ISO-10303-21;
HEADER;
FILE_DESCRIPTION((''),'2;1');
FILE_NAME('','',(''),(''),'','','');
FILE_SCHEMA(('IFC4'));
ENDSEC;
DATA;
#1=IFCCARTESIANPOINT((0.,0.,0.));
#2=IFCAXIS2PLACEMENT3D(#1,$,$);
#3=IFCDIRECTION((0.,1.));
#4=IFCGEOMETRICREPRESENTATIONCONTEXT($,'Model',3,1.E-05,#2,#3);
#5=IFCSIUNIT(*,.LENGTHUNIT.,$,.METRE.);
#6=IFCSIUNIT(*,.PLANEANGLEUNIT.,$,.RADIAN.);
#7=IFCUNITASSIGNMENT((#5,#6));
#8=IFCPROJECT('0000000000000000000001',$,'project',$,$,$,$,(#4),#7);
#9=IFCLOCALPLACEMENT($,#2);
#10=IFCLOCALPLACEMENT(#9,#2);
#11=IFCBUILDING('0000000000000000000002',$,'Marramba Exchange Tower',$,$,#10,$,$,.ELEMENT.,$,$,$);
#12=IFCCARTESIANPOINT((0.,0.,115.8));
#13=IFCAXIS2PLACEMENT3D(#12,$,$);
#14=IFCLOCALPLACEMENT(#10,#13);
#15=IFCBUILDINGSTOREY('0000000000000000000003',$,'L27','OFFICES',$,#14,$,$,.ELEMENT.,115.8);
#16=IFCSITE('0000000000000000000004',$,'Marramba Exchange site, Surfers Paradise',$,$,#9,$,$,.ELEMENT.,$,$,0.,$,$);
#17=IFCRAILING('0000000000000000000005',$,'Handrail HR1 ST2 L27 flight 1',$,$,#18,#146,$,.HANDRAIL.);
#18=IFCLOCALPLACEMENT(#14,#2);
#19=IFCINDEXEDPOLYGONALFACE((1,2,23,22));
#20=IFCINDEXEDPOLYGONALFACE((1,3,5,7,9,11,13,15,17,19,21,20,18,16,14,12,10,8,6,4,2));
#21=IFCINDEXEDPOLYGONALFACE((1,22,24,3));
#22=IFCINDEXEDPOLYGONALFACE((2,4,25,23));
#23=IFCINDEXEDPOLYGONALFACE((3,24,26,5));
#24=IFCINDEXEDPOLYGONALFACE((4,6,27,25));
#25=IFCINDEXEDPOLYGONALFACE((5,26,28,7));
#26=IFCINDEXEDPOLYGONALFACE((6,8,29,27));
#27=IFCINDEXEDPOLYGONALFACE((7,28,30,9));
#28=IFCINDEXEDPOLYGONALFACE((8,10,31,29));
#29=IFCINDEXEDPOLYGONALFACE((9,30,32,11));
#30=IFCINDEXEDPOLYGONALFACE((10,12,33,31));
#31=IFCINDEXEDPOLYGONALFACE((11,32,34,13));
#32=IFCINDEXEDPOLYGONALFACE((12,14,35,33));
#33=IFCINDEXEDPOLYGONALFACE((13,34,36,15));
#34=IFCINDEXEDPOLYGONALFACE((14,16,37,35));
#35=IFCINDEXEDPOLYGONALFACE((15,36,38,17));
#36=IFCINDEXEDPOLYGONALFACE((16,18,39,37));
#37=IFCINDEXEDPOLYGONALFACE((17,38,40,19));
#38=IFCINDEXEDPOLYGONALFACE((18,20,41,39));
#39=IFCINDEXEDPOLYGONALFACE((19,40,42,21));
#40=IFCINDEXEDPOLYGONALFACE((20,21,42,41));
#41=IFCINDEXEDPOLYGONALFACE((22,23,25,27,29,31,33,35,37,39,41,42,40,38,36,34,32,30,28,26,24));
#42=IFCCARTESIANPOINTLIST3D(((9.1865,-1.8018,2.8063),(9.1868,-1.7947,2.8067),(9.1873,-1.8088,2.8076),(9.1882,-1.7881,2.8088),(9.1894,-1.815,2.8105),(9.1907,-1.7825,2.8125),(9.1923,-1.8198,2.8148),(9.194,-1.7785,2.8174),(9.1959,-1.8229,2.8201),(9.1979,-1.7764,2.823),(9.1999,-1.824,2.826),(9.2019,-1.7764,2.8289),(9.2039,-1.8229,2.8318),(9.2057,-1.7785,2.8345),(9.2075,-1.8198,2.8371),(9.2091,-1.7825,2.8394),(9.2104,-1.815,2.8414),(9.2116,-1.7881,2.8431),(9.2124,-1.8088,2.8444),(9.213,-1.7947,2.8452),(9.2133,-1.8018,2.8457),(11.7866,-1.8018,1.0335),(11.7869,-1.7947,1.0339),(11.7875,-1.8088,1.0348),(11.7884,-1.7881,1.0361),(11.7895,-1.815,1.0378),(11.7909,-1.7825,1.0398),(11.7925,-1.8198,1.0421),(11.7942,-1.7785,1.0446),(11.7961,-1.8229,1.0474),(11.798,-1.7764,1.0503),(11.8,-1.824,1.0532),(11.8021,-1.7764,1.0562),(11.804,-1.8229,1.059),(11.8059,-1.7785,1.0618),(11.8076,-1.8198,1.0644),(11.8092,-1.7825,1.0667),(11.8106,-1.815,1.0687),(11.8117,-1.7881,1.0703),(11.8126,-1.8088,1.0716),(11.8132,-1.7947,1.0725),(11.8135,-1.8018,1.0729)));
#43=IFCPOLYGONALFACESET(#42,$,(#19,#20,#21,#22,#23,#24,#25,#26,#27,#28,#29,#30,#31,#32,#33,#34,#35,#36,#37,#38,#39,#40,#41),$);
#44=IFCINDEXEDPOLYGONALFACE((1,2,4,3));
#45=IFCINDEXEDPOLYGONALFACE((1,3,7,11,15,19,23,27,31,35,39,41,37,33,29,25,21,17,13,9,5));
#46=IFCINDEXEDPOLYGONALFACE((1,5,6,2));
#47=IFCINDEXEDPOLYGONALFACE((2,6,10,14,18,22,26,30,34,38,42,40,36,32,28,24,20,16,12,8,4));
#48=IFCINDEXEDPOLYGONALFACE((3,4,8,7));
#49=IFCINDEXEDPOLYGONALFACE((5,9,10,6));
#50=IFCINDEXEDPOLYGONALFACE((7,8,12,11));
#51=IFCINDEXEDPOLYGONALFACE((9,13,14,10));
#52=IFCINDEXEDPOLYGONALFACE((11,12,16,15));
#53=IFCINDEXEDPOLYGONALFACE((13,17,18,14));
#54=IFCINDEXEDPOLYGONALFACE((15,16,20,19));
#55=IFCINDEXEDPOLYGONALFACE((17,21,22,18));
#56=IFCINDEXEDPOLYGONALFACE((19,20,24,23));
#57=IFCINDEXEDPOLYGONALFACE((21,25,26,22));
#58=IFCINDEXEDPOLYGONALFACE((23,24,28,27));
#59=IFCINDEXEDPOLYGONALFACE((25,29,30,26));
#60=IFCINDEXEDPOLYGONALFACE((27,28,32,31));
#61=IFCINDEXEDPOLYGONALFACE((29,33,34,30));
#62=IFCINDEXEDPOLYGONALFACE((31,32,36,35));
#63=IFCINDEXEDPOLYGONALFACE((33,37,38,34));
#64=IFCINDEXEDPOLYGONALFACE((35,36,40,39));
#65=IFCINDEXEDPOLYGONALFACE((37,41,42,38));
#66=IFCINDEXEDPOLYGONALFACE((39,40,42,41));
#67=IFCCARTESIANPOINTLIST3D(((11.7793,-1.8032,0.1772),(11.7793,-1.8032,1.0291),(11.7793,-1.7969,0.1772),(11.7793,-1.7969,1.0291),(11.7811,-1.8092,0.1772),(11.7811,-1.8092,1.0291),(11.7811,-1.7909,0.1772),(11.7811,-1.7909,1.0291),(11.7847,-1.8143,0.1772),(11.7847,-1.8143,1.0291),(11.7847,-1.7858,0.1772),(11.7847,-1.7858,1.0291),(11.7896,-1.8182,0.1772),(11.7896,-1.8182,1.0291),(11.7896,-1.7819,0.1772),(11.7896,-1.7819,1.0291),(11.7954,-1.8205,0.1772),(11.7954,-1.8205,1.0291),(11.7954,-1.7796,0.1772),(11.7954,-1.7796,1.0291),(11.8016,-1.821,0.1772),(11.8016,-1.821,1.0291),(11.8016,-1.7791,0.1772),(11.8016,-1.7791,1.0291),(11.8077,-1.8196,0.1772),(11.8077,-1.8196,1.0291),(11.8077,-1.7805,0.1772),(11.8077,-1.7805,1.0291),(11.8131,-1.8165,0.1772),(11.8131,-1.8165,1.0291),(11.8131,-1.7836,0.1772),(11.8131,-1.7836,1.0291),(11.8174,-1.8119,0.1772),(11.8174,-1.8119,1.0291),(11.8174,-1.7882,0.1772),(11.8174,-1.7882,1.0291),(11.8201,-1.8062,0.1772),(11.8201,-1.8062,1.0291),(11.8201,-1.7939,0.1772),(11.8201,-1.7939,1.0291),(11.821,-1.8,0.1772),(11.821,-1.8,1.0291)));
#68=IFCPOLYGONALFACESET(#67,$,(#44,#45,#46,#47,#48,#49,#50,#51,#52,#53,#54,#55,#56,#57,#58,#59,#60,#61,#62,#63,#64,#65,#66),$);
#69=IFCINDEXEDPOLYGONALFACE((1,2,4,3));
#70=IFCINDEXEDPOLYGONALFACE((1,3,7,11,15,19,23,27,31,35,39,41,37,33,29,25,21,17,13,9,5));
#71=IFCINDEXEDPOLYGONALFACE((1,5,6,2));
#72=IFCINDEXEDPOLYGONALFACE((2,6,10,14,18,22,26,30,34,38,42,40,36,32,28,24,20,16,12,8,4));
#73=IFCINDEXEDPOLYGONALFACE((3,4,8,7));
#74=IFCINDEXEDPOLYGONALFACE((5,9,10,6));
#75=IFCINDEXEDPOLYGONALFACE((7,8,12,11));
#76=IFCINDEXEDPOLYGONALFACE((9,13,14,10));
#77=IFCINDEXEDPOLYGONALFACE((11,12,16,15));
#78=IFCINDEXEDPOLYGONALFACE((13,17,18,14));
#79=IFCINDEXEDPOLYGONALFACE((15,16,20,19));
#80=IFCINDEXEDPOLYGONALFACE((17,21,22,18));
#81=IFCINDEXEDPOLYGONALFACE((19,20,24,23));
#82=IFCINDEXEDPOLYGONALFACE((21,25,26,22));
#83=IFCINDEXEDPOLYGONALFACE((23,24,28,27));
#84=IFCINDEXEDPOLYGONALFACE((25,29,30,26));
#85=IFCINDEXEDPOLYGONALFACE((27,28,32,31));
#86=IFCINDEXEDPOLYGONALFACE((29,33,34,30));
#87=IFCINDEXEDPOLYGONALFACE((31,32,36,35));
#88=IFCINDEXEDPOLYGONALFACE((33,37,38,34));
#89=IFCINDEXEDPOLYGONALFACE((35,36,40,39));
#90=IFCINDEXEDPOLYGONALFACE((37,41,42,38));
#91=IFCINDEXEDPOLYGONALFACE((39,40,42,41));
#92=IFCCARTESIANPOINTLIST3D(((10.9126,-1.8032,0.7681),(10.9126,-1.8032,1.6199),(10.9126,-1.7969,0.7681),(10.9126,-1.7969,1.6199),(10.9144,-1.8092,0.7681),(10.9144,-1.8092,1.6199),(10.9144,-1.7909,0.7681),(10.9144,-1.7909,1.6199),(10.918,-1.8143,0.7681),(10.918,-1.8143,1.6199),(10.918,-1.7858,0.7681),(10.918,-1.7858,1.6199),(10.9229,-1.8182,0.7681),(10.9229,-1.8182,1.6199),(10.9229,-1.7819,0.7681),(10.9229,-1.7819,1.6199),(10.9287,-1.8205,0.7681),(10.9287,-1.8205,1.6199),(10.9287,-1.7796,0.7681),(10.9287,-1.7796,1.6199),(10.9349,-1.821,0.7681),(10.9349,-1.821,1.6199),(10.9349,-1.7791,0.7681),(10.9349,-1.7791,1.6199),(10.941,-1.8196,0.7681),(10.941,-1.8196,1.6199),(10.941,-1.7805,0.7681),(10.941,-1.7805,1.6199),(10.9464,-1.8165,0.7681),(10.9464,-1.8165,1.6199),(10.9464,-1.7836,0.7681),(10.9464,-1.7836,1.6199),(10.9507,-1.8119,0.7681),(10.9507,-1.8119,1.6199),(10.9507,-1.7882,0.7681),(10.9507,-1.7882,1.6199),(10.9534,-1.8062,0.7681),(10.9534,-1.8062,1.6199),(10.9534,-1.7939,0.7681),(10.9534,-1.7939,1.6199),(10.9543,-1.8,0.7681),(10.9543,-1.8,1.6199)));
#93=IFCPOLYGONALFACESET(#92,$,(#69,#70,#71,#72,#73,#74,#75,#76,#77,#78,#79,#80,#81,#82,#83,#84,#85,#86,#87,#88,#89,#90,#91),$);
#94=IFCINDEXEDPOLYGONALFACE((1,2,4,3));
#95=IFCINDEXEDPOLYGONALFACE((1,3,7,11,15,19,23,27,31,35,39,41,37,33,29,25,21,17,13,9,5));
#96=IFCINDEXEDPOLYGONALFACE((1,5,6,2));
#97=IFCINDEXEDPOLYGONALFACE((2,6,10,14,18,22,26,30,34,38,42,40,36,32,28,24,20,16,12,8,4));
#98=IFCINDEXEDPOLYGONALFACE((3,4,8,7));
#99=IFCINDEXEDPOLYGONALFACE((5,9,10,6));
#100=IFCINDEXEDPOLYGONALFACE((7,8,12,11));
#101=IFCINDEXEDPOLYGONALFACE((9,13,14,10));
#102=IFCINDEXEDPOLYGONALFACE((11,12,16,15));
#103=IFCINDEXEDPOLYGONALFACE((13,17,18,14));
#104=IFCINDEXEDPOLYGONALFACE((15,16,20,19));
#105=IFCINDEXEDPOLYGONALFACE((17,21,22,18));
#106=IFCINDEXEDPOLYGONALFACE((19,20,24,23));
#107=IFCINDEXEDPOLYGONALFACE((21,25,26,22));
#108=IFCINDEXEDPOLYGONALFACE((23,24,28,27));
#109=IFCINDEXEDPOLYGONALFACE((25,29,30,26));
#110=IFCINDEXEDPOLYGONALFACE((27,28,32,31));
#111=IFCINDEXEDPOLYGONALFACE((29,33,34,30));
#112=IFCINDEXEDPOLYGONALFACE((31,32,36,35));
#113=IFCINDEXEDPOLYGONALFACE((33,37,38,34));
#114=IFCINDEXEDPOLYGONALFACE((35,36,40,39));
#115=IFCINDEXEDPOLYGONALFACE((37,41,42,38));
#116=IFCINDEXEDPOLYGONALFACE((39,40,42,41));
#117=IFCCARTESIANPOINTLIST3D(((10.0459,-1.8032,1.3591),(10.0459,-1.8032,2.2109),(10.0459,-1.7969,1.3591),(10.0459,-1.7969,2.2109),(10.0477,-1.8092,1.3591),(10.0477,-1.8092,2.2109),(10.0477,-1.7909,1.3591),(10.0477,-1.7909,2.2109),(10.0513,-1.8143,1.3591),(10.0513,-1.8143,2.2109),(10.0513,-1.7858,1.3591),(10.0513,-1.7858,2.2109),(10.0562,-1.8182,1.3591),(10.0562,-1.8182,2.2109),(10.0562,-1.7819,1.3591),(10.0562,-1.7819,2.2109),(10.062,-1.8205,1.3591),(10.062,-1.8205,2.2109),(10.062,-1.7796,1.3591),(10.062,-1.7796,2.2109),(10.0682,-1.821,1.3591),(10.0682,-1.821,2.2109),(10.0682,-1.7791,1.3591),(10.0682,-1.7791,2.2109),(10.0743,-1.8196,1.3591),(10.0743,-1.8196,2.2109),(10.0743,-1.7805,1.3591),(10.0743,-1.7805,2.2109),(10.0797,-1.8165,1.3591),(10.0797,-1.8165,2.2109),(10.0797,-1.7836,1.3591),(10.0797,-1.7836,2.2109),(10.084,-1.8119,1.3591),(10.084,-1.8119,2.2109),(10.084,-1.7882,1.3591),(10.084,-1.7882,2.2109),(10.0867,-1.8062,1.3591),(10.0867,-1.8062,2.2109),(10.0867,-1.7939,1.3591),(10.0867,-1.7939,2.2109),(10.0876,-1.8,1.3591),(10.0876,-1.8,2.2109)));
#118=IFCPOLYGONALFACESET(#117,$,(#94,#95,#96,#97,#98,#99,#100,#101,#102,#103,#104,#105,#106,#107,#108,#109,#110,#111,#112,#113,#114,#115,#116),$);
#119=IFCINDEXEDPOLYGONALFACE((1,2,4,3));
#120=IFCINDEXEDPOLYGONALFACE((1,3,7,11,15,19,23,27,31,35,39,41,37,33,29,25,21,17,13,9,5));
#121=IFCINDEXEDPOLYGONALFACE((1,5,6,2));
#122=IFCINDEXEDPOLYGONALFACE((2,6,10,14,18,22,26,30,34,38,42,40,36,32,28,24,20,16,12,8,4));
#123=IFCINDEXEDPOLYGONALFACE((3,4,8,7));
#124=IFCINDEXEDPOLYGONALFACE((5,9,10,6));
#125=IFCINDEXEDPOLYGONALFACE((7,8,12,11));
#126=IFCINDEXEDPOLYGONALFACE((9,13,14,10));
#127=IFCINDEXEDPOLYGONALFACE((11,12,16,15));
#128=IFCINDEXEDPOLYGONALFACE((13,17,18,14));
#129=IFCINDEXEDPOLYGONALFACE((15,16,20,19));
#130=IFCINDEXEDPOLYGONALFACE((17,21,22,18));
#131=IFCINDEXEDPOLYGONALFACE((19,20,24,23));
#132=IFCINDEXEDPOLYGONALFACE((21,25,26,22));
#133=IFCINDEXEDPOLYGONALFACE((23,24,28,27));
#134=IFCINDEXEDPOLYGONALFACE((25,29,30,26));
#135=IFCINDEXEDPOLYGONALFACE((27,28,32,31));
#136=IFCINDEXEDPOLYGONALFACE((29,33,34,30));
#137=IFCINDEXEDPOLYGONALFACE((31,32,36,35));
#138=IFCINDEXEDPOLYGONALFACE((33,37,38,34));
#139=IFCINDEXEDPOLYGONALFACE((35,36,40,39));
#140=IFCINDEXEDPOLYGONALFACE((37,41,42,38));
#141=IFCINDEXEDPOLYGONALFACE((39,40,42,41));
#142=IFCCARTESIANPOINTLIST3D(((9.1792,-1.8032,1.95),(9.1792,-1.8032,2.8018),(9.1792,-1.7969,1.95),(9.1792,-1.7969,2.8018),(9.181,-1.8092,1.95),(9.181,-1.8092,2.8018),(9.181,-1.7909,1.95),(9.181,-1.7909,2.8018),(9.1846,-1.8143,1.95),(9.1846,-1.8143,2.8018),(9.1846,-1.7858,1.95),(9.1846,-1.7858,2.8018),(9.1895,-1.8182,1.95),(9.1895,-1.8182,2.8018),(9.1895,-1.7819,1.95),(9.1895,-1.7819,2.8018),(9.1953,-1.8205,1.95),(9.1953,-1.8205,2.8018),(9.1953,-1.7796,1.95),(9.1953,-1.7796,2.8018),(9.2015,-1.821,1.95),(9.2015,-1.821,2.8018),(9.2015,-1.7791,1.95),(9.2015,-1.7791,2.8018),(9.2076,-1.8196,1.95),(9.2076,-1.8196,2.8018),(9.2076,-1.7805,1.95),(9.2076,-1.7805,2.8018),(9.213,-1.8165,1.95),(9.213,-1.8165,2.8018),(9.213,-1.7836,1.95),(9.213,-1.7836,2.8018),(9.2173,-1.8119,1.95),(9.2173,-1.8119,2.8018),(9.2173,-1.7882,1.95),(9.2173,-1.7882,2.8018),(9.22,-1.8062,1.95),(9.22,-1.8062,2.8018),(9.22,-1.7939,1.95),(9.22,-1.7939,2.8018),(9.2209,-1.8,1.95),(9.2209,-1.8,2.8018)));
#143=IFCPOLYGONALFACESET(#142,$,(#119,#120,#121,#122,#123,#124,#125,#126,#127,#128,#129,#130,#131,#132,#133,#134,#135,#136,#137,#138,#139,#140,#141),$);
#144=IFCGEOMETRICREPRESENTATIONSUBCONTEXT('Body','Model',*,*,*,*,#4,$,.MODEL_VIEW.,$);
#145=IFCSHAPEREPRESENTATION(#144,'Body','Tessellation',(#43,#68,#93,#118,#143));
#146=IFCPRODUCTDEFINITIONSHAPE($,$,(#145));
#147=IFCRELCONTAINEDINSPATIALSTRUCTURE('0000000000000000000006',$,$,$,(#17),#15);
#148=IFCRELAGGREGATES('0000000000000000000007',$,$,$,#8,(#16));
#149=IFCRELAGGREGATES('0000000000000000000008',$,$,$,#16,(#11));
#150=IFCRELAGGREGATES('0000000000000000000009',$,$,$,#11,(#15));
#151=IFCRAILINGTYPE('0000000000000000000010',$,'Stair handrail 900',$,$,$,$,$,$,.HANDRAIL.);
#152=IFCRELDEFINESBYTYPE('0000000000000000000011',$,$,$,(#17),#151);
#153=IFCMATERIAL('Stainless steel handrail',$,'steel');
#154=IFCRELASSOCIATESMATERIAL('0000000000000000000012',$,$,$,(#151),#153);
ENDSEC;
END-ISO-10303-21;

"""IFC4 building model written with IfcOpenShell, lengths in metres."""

from ifc_helpers import new_model, si_unit, direction, frame, origin, origin_2d, place, context, subcontext, project, spatial, circle, extrude, material, type_object, element, save


model = new_model("IFC4")

# Units and contexts
model_context = context("Model", 3, precision=1e-05, world=origin(), true_north=direction((0.0, 1.0)))
body_context = subcontext(model_context, "Body", "Model", "MODEL_VIEW")
ifc_project = project(units=[si_unit("LENGTHUNIT", "METRE"), si_unit("PLANEANGLEUNIT", "RADIAN")], contexts=[model_context])

# Site, building, storey
site_placement = place(None, origin())
site = spatial("IfcSite", under=ifc_project, at=site_placement, Name="Marramba Exchange site, Surfers Paradise", CompositionType="ELEMENT", RefElevation=0.0)
building_placement = place(site_placement, origin())
building = spatial("IfcBuilding", under=site, at=building_placement, Name="Marramba Exchange Tower", CompositionType="ELEMENT")
storey_placement = place(building_placement, frame((0.0, 0.0, 115.8)))
storey = spatial("IfcBuildingStorey", under=building, at=storey_placement, Name="L27", Description="OFFICES", CompositionType="ELEMENT", Elevation=115.8)

# Railing
ifc_material_1 = material(Name="Stainless steel handrail", Category="steel")
railing_type = type_object("IfcRailingType", Name="Stair handrail 900", PredefinedType="HANDRAIL", material=ifc_material_1)
railing_placement = place(storey_placement, frame((11.8, -1.8, 0.1772)))
element("IfcRailing", 1, at=railing_placement, inside=storey, type_object=railing_type, Name="Handrail HR1 ST2 L27 flight 1", PredefinedType="HANDRAIL", context=body_context, shape_type="SweptSolid", body=[
    extrude(circle(Radius=0.0239, at=origin_2d()), frame((0.0, 0.0, 0.876), z_axis=(-0.82624, 0.0, 0.563318), x_axis=(0.0, -1.0, 0.0)), (0.0, 0.0, 1.0), 3.147),
    extrude(circle(Radius=0.021, at=origin_2d()), origin(), (0.0, 0.0, 1.0), 0.8518),
    extrude(circle(Radius=0.021, at=origin_2d()), frame((-0.8667, 0.0, 0.5908)), (0.0, 0.0, 1.0), 0.8518),
    extrude(circle(Radius=0.021, at=origin_2d()), frame((-1.7334, 0.0, 1.1819)), (0.0, 0.0, 1.0), 0.8518),
    extrude(circle(Radius=0.021, at=origin_2d()), frame((-2.6001, 0.0, 1.7727)), (0.0, 0.0, 1.0), 0.8518),
])

save(model, "model.ifc")
